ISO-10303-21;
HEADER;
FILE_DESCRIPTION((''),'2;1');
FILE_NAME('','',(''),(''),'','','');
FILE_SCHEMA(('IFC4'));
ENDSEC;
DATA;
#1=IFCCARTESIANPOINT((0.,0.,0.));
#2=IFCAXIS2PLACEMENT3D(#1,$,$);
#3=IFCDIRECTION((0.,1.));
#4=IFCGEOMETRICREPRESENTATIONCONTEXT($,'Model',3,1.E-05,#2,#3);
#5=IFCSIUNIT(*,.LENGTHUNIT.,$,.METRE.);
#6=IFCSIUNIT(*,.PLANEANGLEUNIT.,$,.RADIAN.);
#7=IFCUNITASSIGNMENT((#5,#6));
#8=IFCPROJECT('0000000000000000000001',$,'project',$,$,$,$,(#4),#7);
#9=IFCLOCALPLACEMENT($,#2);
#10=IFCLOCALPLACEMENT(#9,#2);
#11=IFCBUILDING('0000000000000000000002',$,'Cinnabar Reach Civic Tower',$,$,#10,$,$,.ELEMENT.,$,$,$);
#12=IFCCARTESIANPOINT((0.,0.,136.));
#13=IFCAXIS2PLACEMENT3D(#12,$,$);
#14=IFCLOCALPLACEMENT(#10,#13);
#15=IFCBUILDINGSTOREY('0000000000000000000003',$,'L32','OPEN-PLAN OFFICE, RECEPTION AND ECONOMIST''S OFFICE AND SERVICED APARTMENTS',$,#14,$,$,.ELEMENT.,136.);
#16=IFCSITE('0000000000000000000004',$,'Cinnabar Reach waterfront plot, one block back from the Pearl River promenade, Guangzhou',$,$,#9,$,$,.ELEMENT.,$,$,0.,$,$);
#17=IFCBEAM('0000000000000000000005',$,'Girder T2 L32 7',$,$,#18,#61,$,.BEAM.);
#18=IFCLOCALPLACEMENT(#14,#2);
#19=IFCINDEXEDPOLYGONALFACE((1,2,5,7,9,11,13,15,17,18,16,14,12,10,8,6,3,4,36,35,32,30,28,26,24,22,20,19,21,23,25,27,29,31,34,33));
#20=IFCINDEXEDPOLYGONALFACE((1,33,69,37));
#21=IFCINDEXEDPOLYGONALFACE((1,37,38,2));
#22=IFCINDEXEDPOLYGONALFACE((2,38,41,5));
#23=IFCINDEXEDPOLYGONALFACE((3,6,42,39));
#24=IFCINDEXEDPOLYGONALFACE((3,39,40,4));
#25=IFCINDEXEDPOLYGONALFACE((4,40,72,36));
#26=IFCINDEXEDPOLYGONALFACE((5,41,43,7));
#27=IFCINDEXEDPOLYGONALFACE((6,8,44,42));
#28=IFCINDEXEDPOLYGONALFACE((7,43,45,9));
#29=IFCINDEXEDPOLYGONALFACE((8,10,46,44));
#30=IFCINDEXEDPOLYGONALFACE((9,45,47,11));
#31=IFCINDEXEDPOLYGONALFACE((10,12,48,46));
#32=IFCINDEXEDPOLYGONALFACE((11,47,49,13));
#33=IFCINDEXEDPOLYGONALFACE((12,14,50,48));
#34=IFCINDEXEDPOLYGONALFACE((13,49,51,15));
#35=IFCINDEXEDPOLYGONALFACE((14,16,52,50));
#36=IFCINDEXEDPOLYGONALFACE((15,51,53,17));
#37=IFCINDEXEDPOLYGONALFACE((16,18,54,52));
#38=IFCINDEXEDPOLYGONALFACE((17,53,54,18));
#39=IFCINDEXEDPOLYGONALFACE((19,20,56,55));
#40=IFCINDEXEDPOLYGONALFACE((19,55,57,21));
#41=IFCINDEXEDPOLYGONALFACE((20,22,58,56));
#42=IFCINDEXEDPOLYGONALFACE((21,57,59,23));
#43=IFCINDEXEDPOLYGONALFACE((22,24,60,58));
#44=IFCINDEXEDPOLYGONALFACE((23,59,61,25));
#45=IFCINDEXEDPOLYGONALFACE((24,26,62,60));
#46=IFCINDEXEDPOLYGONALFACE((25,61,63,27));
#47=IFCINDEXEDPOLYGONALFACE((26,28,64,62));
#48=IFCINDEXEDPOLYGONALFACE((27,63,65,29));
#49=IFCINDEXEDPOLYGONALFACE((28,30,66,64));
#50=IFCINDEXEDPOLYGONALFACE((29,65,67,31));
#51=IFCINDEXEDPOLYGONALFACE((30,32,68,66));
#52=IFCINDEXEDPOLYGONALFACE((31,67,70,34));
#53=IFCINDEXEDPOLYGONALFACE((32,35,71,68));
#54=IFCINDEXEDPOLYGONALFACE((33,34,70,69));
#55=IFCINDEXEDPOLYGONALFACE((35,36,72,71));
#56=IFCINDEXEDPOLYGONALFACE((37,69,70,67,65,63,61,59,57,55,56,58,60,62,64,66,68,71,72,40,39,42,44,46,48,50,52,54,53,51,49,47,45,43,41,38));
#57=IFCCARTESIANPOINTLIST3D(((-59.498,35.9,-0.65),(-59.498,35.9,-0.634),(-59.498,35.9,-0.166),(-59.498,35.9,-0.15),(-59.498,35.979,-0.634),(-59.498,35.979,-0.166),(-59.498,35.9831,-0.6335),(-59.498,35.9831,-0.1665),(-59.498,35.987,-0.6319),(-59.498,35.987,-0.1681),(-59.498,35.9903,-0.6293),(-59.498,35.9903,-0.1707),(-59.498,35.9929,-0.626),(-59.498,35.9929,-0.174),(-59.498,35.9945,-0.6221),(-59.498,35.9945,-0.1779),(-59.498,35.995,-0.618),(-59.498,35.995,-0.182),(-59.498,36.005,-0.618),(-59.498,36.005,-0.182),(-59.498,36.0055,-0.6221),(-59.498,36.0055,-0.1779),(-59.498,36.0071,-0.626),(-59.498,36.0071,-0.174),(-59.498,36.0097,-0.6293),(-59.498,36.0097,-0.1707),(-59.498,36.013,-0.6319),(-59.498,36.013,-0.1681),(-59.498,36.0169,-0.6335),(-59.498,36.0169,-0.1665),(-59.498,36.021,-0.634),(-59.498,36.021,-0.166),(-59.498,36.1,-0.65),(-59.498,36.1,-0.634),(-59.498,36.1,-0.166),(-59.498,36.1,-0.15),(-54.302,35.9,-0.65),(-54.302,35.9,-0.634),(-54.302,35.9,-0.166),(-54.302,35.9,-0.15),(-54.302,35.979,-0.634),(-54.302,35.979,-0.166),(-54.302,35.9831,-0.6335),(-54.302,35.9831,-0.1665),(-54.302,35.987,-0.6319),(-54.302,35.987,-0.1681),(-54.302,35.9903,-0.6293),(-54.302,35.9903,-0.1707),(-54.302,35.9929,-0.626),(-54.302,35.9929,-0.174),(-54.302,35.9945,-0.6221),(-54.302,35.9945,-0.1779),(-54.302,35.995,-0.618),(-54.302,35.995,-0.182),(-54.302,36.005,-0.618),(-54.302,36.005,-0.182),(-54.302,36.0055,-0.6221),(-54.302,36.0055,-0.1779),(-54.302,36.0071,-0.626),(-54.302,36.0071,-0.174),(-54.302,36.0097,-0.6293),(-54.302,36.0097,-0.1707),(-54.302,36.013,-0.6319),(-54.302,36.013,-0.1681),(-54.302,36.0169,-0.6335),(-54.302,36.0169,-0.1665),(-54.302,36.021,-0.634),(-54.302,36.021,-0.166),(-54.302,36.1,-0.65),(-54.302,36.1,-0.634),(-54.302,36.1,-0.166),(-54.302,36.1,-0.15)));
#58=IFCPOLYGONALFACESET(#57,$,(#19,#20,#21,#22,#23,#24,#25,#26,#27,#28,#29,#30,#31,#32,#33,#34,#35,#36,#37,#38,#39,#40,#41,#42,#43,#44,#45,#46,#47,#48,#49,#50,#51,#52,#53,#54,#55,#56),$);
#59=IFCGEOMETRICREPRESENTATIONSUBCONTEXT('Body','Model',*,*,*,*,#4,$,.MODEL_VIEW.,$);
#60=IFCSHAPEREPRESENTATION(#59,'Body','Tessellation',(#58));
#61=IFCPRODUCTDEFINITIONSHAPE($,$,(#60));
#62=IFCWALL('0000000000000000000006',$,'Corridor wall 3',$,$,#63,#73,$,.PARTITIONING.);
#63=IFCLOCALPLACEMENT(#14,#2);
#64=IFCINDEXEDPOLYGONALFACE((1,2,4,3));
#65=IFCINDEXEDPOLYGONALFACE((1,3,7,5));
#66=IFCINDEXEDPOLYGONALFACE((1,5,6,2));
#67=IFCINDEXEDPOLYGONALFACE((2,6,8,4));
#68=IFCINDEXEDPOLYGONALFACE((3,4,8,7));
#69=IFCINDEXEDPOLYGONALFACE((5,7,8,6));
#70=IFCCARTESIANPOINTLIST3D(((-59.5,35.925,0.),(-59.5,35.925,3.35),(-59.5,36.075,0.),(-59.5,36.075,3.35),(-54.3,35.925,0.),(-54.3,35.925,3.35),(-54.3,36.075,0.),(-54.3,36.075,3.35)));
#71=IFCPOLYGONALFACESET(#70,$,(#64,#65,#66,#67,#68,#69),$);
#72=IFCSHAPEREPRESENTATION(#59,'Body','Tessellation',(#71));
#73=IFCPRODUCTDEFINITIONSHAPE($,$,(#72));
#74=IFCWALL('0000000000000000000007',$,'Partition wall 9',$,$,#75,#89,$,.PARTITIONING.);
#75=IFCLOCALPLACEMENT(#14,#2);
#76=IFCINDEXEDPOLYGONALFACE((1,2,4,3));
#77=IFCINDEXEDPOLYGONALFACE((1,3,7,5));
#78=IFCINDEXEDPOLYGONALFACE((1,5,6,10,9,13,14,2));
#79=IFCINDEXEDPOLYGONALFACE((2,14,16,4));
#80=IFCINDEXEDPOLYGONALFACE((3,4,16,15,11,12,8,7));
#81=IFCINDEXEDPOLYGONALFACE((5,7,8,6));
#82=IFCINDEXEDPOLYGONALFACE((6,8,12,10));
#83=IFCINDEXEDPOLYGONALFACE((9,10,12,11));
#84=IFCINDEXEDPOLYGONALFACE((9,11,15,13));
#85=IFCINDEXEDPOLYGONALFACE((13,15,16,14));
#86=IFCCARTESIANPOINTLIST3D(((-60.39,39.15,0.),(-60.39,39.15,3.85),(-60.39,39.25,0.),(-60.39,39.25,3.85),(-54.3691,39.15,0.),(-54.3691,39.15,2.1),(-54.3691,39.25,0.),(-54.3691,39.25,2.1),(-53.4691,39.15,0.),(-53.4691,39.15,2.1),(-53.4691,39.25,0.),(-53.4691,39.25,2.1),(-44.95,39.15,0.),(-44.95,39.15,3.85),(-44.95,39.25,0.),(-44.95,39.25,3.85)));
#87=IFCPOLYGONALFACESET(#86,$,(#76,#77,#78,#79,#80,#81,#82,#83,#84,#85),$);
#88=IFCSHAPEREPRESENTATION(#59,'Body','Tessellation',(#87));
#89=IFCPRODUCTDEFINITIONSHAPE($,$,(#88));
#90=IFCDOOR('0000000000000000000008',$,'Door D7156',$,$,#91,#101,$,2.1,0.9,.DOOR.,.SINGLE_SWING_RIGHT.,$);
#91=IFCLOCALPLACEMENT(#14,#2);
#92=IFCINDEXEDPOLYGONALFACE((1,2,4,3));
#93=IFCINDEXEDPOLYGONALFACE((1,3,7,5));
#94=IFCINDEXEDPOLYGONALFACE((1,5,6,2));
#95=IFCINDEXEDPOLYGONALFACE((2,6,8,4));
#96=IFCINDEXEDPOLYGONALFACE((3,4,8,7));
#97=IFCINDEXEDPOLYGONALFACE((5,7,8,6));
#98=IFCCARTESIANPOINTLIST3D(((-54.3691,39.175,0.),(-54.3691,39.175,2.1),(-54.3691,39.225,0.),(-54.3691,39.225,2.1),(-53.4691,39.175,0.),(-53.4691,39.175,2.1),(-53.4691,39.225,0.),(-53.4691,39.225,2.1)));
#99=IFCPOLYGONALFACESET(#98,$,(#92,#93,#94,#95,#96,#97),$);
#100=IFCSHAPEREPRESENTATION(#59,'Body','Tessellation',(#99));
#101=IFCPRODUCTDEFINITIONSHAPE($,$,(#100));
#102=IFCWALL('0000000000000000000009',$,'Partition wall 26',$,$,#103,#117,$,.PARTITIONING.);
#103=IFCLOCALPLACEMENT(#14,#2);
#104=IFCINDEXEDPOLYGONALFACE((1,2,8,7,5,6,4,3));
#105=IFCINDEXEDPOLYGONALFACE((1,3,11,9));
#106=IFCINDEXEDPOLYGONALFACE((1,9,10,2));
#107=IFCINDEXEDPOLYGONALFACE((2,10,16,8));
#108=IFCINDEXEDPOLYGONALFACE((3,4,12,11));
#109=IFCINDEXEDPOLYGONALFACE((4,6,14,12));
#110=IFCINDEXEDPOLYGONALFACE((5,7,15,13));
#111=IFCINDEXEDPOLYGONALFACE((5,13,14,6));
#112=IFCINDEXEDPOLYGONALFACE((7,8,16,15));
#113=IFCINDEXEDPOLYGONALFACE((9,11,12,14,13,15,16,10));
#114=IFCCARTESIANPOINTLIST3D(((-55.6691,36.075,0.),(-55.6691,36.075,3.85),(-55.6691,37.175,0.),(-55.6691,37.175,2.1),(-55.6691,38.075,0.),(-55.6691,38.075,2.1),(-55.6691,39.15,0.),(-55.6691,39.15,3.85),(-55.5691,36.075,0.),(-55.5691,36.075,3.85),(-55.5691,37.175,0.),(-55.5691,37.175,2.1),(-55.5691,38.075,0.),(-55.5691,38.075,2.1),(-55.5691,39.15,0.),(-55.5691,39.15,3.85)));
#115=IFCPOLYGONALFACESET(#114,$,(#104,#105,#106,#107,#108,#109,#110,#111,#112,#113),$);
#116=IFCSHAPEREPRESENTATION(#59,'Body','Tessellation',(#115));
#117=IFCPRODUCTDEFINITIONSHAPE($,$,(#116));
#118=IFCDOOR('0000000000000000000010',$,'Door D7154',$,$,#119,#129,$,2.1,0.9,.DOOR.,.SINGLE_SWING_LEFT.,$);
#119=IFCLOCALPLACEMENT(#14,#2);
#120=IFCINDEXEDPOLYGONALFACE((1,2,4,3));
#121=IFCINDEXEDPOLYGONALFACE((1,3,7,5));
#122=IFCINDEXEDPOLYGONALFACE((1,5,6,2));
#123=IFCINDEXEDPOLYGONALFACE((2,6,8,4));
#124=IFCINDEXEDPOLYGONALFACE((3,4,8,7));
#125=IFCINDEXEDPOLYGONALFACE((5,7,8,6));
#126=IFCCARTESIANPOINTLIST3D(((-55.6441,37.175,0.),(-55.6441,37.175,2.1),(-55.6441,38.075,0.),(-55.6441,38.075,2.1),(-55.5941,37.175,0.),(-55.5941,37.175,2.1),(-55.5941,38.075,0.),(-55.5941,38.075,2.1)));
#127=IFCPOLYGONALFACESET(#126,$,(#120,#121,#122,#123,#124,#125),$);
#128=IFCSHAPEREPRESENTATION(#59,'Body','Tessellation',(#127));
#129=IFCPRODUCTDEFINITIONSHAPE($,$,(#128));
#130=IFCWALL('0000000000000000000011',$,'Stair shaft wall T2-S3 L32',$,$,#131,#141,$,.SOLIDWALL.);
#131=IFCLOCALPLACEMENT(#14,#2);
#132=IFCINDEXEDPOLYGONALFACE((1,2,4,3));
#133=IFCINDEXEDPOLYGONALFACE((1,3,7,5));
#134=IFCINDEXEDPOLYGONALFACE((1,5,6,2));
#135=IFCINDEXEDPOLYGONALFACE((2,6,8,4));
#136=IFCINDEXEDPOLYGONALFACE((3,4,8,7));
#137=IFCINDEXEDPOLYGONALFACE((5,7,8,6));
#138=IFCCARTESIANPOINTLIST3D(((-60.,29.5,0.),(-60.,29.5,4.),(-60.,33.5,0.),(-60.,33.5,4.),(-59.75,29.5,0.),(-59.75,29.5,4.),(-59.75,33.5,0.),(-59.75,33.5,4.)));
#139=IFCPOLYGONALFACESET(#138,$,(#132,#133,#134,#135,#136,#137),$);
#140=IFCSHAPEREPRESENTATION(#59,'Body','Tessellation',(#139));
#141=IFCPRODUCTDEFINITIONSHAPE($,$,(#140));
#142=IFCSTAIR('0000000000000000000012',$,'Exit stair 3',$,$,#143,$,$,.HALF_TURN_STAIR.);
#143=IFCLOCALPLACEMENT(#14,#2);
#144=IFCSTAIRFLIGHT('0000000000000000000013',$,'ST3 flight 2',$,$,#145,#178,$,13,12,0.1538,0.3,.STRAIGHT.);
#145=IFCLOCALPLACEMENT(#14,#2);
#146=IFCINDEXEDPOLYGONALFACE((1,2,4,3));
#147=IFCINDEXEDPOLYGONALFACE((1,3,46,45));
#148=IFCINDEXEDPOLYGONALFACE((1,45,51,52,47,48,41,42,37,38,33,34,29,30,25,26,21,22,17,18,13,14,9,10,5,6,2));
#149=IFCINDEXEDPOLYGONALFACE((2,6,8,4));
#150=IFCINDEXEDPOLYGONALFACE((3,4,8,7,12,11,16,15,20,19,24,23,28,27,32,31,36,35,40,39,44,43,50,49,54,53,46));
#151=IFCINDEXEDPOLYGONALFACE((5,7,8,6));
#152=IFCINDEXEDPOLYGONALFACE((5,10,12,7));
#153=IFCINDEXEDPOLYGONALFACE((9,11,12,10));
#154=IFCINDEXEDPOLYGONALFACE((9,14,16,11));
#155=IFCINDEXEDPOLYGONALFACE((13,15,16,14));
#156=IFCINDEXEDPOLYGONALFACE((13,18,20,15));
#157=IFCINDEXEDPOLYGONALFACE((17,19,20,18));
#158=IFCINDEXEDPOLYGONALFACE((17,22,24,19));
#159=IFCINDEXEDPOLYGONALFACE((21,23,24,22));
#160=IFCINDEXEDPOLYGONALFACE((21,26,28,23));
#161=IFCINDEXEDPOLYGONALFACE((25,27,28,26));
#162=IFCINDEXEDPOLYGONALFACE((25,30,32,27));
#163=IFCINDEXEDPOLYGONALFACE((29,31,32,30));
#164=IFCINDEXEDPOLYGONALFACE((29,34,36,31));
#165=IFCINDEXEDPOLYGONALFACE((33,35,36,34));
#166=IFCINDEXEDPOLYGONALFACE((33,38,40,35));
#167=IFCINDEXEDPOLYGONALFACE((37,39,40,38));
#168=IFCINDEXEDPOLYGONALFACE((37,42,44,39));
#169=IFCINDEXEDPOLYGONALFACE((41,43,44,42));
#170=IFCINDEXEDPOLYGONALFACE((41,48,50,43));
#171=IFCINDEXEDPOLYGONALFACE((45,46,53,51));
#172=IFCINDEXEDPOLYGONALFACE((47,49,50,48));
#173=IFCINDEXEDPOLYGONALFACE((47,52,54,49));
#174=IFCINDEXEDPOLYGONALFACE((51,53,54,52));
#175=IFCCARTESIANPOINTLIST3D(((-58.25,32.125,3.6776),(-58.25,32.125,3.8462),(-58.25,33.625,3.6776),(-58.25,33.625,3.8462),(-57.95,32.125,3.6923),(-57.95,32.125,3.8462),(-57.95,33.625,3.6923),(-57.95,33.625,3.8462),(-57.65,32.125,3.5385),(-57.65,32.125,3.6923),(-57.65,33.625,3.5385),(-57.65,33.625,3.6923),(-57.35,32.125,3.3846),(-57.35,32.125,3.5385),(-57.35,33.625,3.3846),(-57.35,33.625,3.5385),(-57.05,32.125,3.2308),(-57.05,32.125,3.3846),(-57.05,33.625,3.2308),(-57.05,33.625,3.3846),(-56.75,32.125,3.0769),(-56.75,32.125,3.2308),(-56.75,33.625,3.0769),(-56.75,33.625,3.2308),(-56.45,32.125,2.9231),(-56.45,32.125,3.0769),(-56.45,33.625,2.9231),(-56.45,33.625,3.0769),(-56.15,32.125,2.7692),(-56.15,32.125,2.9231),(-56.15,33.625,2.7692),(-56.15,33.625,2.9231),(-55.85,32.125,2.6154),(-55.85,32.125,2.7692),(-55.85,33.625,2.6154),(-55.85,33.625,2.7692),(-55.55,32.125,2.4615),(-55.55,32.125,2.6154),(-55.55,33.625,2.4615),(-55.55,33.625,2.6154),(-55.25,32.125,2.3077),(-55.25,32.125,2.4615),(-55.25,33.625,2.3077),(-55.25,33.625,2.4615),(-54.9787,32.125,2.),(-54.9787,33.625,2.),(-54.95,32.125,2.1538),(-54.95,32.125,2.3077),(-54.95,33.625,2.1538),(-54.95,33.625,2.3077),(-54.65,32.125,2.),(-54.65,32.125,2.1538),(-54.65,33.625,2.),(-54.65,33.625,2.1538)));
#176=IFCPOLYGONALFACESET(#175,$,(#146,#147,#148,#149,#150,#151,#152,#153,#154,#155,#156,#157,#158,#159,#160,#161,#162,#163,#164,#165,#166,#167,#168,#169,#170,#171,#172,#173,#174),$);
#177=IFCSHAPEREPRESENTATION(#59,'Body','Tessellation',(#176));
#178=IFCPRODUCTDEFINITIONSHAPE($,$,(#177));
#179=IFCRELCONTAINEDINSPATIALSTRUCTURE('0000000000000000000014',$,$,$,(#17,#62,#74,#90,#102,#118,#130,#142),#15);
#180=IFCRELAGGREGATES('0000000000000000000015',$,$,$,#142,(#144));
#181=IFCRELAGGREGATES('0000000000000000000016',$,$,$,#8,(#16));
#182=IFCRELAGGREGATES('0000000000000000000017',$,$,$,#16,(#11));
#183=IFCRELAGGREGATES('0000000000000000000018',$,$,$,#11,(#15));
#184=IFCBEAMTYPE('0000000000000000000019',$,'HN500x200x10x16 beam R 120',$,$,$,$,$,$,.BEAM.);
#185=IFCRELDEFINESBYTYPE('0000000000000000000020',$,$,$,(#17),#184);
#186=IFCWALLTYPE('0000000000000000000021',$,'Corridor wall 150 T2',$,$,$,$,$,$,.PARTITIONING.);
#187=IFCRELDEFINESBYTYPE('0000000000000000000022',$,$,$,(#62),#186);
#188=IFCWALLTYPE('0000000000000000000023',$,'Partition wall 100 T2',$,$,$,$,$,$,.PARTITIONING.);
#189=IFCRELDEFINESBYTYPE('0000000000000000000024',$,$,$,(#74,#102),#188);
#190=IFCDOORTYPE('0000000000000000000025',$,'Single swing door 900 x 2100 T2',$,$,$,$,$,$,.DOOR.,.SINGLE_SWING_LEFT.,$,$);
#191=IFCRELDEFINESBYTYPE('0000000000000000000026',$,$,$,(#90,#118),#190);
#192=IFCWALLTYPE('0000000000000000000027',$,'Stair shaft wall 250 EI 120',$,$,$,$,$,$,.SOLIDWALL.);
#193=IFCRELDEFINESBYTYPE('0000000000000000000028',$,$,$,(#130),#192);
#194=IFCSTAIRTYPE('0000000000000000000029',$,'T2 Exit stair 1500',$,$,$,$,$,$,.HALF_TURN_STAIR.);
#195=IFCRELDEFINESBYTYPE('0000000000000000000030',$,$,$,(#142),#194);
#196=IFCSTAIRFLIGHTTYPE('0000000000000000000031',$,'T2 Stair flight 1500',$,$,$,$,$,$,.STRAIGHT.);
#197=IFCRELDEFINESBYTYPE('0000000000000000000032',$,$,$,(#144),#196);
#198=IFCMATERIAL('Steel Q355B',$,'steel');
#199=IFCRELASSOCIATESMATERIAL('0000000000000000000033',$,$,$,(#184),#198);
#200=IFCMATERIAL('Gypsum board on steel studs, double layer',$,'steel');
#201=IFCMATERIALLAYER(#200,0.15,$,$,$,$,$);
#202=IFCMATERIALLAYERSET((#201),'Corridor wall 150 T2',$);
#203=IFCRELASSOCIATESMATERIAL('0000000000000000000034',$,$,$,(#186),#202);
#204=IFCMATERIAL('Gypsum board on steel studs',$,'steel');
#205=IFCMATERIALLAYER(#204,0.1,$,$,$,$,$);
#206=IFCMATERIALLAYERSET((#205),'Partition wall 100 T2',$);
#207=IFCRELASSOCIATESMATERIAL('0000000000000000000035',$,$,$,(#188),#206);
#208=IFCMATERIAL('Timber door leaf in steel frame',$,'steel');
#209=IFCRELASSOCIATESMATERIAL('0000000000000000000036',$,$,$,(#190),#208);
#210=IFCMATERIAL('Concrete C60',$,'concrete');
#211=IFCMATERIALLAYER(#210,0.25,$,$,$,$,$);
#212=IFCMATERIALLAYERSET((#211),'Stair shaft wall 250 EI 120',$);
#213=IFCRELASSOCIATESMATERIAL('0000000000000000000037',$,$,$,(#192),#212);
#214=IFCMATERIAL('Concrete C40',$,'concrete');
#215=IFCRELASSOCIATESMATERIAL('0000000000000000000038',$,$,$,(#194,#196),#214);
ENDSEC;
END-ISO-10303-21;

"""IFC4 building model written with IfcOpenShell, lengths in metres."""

from ifc_helpers import new_model, si_unit, direction, frame, frame_2d, origin, origin_2d, place, context, subcontext, project, spatial, polyline, rectangle, i_section, outline, extrude, material, layer, layer_set, material_profile, profile_set, type_object, element, fill, aggregate, save


model = new_model("IFC4")

# Units and contexts
model_context = context("Model", 3, precision=1e-05, world=origin(), true_north=direction((0.0, 1.0)))
body_context = subcontext(model_context, "Body", "Model", "MODEL_VIEW")
ifc_project = project(units=[si_unit("LENGTHUNIT", "METRE"), si_unit("PLANEANGLEUNIT", "RADIAN")], contexts=[model_context])

# Site, building, storey
site_placement = place(None, origin())
site = spatial("IfcSite", under=ifc_project, at=site_placement, Name="Cinnabar Reach waterfront plot, one block back from the Pearl River promenade, Guangzhou", CompositionType="ELEMENT", RefElevation=0.0)
building_placement = place(site_placement, origin())
building = spatial("IfcBuilding", under=site, at=building_placement, Name="Cinnabar Reach Civic Tower", CompositionType="ELEMENT")
storey_placement = place(building_placement, frame((0.0, 0.0, 136.0)))
storey = spatial("IfcBuildingStorey", under=building, at=storey_placement, Name="L32", Description="OPEN-PLAN OFFICE, RECEPTION AND ECONOMIST'S OFFICE AND SERVICED APARTMENTS", CompositionType="ELEMENT", Elevation=136.0)

# Shared definitions
ifc_material_1 = material(Name="Concrete C60", Category="concrete")

# Beam
ifc_material_2 = material(Name="Steel Q355B", Category="steel")
ifc_material_profile_1 = material_profile(ifc_material_2, i_section(OverallWidth=0.2, OverallDepth=0.5, WebThickness=0.01, FlangeThickness=0.016, FilletRadius=0.016, at=origin_2d()), Name="HN500x200x10x16")
ifc_profile_set_1 = profile_set([ifc_material_profile_1], Name="Steel Q355B")
beam_type_1 = type_object("IfcBeamType", Name="HN500x200x10x16 beam R 120", PredefinedType="BEAM", material=ifc_profile_set_1)
beam_1_placement = place(storey_placement, frame((-59.498, 36.0, -0.4), z_axis=(1.0, 0.0, 0.0), x_axis=(0.0, 1.0, 0.0)))
element("IfcBeam", 1, at=beam_1_placement, inside=storey, type_object=beam_type_1, Name="Girder T2 L32 7", PredefinedType="BEAM", context=body_context, shape_type="SweptSolid", body=[
    extrude(i_section(OverallWidth=0.2, OverallDepth=0.5, WebThickness=0.01, FlangeThickness=0.016, FilletRadius=0.016, at=origin_2d()), origin(), (0.0, 0.0, 1.0), 5.196),
])

# Wall
ifc_material_3 = material(Name="Gypsum board on steel studs, double layer", Category="steel")
ifc_layer_1 = layer(ifc_material_3, 0.15)
ifc_layer_set_1 = layer_set([ifc_layer_1], Name="Corridor wall 150 T2")
wall_type_1 = type_object("IfcWallType", Name="Corridor wall 150 T2", PredefinedType="PARTITIONING", material=ifc_layer_set_1)
wall_1_placement = place(storey_placement, frame((-59.5, 36.0, 0.0), z_axis=(0.0, 0.0, 1.0), x_axis=(1.0, 0.0, 0.0)))
element("IfcWall", 2, at=wall_1_placement, inside=storey, type_object=wall_type_1, Name="Corridor wall 3", PredefinedType="PARTITIONING", context=body_context, shape_type="SweptSolid", body=[
    extrude(rectangle(XDim=5.2, YDim=0.15, at=frame_2d((2.6, 0.0))), origin(), (0.0, 0.0, 1.0), 3.35),
])

# Walls, openings, doors
ifc_material_4 = material(Name="Gypsum board on steel studs", Category="steel")
ifc_layer_2 = layer(ifc_material_4, 0.1)
ifc_layer_set_2 = layer_set([ifc_layer_2], Name="Partition wall 100 T2")
wall_type_2 = type_object("IfcWallType", Name="Partition wall 100 T2", PredefinedType="PARTITIONING", material=ifc_layer_set_2)
wall_2_placement = place(storey_placement, frame((-60.39, 39.2, 0.0), z_axis=(0.0, 0.0, 1.0), x_axis=(1.0, 0.0, 0.0)))
wall_2 = element("IfcWall", 3, at=wall_2_placement, inside=storey, type_object=wall_type_2, Name="Partition wall 9", PredefinedType="PARTITIONING", context=body_context, shape_type="SweptSolid", body=[
    extrude(rectangle(XDim=15.44, YDim=0.1, at=frame_2d((7.72, 0.0))), origin(), (0.0, 0.0, 1.0), 3.85),
])
opening_1_placement = place(wall_2_placement, frame((6.0209, 0.0, 0.0)))
opening_1 = element("IfcOpeningElement", 4, at=opening_1_placement, cuts=wall_2, PredefinedType="OPENING", context=body_context, shape_type="SweptSolid", body=[
    extrude(rectangle(XDim=0.9, YDim=2.1, at=frame_2d((0.45, 1.05))), frame((0.0, 0.06, 0.0), z_axis=(0.0, -1.0, 0.0), x_axis=(1.0, 0.0, 0.0)), (0.0, 0.0, 1.0), 0.12),
])
ifc_material_5 = material(Name="Timber door leaf in steel frame", Category="steel")
door_type = type_object("IfcDoorType", Name="Single swing door 900 x 2100 T2", OperationType="SINGLE_SWING_LEFT", PredefinedType="DOOR", material=ifc_material_5)
door_1_placement = place(opening_1_placement, frame((0.9, 0.0, 0.0), z_axis=(0.0, 0.0, 1.0), x_axis=(-1.0, 0.0, 0.0)))
door_1 = element("IfcDoor", 5, at=door_1_placement, inside=storey, type_object=door_type, Name="Door D7156", OperationType="SINGLE_SWING_RIGHT", OverallHeight=2.1, OverallWidth=0.9, PredefinedType="DOOR", context=body_context, shape_type="SweptSolid", body=[
    extrude(rectangle(XDim=0.9, YDim=2.1, at=frame_2d((0.45, 1.05))), frame((0.0, 0.025, 0.0), z_axis=(0.0, -1.0, 0.0), x_axis=(1.0, 0.0, 0.0)), (0.0, 0.0, 1.0), 0.05),
])
fill(opening_1, door_1)
wall_3_placement = place(storey_placement, frame((-55.6191, 36.075, 0.0), z_axis=(0.0, 0.0, 1.0), x_axis=(0.0, 1.0, 0.0)))
wall_3 = element("IfcWall", 6, at=wall_3_placement, inside=storey, type_object=wall_type_2, Name="Partition wall 26", PredefinedType="PARTITIONING", context=body_context, shape_type="SweptSolid", body=[
    extrude(rectangle(XDim=3.075, YDim=0.1, at=frame_2d((1.5375, 0.0))), origin(), (0.0, 0.0, 1.0), 3.85),
])
opening_2_placement = place(wall_3_placement, frame((1.1, 0.0, 0.0)))
opening_2 = element("IfcOpeningElement", 7, at=opening_2_placement, cuts=wall_3, PredefinedType="OPENING", context=body_context, shape_type="SweptSolid", body=[
    extrude(rectangle(XDim=0.9, YDim=2.1, at=frame_2d((0.45, 1.05))), frame((0.0, 0.06, 0.0), z_axis=(0.0, -1.0, 0.0), x_axis=(1.0, 0.0, 0.0)), (0.0, 0.0, 1.0), 0.12),
])
door_2_placement = place(opening_2_placement, origin())
door_2 = element("IfcDoor", 8, at=door_2_placement, inside=storey, type_object=door_type, Name="Door D7154", OperationType="SINGLE_SWING_LEFT", OverallHeight=2.1, OverallWidth=0.9, PredefinedType="DOOR", context=body_context, shape_type="SweptSolid", body=[
    extrude(rectangle(XDim=0.9, YDim=2.1, at=frame_2d((0.45, 1.05))), frame((0.0, 0.025, 0.0), z_axis=(0.0, -1.0, 0.0), x_axis=(1.0, 0.0, 0.0)), (0.0, 0.0, 1.0), 0.05),
])
fill(opening_2, door_2)

# Wall
ifc_layer_3 = layer(ifc_material_1, 0.25)
ifc_layer_set_3 = layer_set([ifc_layer_3], Name="Stair shaft wall 250 EI 120")
wall_type_3 = type_object("IfcWallType", Name="Stair shaft wall 250 EI 120", PredefinedType="SOLIDWALL", material=ifc_layer_set_3)
wall_4_placement = place(storey_placement, frame((-59.875, 33.5, 0.0), z_axis=(0.0, 0.0, 1.0), x_axis=(0.0, -1.0, 0.0)))
element("IfcWall", 9, at=wall_4_placement, inside=storey, type_object=wall_type_3, Name="Stair shaft wall T2-S3 L32", PredefinedType="SOLIDWALL", context=body_context, shape_type="SweptSolid", body=[
    extrude(rectangle(XDim=4.0, YDim=0.25, at=frame_2d((2.0, 0.0))), origin(), (0.0, 0.0, 1.0), 4.0),
])

# Stair, stair flight
ifc_material_6 = material(Name="Concrete C40", Category="concrete")
stair_type = type_object("IfcStairType", Name="T2 Exit stair 1500", PredefinedType="HALF_TURN_STAIR", material=ifc_material_6)
stair_placement = place(storey_placement, origin())
stair = element("IfcStair", 10, at=stair_placement, inside=storey, type_object=stair_type, Name="Exit stair 3", PredefinedType="HALF_TURN_STAIR")
stair_flight_type = type_object("IfcStairFlightType", Name="T2 Stair flight 1500", PredefinedType="STRAIGHT", material=ifc_material_6)
stair_flight_placement = place(storey_placement, frame((-54.65, 32.875, 2.0), z_axis=(0.0, 0.0, 1.0), x_axis=(-1.0, 0.0, 0.0)))
stair_flight = element("IfcStairFlight", 11, at=stair_flight_placement, type_object=stair_flight_type, Name="ST3 flight 2", NumberOfRisers=13, NumberOfTreads=12, PredefinedType="STRAIGHT", RiserHeight=0.1538, TreadLength=0.3, context=body_context, shape_type="SweptSolid", body=[
    extrude(outline(polyline([(0.0, 0.0), (0.0, 0.1538), (0.3, 0.1538), (0.3, 0.3077), (0.6, 0.3077), (0.6, 0.4615), (0.9, 0.4615), (0.9, 0.6154), (1.2, 0.6154), (1.2, 0.7692), (1.5, 0.7692), (1.5, 0.9231), (1.8, 0.9231), (1.8, 1.0769), (2.1, 1.0769), (2.1, 1.2308), (2.4, 1.2308), (2.4, 1.3846), (2.7, 1.3846), (2.7, 1.5385), (3.0, 1.5385), (3.0, 1.6923), (3.3, 1.6923), (3.3, 1.8462), (3.6, 1.8462), (3.6, 2.0), (3.6, 1.6776), (0.3287, 0.0), (0.0, 0.0)])), frame((0.0, 0.75, 0.0), z_axis=(0.0, -1.0, 0.0), x_axis=(1.0, 0.0, 0.0)), (0.0, 0.0, 1.0), 1.5),
])
aggregate(stair, [stair_flight])

save(model, "model.ifc")
